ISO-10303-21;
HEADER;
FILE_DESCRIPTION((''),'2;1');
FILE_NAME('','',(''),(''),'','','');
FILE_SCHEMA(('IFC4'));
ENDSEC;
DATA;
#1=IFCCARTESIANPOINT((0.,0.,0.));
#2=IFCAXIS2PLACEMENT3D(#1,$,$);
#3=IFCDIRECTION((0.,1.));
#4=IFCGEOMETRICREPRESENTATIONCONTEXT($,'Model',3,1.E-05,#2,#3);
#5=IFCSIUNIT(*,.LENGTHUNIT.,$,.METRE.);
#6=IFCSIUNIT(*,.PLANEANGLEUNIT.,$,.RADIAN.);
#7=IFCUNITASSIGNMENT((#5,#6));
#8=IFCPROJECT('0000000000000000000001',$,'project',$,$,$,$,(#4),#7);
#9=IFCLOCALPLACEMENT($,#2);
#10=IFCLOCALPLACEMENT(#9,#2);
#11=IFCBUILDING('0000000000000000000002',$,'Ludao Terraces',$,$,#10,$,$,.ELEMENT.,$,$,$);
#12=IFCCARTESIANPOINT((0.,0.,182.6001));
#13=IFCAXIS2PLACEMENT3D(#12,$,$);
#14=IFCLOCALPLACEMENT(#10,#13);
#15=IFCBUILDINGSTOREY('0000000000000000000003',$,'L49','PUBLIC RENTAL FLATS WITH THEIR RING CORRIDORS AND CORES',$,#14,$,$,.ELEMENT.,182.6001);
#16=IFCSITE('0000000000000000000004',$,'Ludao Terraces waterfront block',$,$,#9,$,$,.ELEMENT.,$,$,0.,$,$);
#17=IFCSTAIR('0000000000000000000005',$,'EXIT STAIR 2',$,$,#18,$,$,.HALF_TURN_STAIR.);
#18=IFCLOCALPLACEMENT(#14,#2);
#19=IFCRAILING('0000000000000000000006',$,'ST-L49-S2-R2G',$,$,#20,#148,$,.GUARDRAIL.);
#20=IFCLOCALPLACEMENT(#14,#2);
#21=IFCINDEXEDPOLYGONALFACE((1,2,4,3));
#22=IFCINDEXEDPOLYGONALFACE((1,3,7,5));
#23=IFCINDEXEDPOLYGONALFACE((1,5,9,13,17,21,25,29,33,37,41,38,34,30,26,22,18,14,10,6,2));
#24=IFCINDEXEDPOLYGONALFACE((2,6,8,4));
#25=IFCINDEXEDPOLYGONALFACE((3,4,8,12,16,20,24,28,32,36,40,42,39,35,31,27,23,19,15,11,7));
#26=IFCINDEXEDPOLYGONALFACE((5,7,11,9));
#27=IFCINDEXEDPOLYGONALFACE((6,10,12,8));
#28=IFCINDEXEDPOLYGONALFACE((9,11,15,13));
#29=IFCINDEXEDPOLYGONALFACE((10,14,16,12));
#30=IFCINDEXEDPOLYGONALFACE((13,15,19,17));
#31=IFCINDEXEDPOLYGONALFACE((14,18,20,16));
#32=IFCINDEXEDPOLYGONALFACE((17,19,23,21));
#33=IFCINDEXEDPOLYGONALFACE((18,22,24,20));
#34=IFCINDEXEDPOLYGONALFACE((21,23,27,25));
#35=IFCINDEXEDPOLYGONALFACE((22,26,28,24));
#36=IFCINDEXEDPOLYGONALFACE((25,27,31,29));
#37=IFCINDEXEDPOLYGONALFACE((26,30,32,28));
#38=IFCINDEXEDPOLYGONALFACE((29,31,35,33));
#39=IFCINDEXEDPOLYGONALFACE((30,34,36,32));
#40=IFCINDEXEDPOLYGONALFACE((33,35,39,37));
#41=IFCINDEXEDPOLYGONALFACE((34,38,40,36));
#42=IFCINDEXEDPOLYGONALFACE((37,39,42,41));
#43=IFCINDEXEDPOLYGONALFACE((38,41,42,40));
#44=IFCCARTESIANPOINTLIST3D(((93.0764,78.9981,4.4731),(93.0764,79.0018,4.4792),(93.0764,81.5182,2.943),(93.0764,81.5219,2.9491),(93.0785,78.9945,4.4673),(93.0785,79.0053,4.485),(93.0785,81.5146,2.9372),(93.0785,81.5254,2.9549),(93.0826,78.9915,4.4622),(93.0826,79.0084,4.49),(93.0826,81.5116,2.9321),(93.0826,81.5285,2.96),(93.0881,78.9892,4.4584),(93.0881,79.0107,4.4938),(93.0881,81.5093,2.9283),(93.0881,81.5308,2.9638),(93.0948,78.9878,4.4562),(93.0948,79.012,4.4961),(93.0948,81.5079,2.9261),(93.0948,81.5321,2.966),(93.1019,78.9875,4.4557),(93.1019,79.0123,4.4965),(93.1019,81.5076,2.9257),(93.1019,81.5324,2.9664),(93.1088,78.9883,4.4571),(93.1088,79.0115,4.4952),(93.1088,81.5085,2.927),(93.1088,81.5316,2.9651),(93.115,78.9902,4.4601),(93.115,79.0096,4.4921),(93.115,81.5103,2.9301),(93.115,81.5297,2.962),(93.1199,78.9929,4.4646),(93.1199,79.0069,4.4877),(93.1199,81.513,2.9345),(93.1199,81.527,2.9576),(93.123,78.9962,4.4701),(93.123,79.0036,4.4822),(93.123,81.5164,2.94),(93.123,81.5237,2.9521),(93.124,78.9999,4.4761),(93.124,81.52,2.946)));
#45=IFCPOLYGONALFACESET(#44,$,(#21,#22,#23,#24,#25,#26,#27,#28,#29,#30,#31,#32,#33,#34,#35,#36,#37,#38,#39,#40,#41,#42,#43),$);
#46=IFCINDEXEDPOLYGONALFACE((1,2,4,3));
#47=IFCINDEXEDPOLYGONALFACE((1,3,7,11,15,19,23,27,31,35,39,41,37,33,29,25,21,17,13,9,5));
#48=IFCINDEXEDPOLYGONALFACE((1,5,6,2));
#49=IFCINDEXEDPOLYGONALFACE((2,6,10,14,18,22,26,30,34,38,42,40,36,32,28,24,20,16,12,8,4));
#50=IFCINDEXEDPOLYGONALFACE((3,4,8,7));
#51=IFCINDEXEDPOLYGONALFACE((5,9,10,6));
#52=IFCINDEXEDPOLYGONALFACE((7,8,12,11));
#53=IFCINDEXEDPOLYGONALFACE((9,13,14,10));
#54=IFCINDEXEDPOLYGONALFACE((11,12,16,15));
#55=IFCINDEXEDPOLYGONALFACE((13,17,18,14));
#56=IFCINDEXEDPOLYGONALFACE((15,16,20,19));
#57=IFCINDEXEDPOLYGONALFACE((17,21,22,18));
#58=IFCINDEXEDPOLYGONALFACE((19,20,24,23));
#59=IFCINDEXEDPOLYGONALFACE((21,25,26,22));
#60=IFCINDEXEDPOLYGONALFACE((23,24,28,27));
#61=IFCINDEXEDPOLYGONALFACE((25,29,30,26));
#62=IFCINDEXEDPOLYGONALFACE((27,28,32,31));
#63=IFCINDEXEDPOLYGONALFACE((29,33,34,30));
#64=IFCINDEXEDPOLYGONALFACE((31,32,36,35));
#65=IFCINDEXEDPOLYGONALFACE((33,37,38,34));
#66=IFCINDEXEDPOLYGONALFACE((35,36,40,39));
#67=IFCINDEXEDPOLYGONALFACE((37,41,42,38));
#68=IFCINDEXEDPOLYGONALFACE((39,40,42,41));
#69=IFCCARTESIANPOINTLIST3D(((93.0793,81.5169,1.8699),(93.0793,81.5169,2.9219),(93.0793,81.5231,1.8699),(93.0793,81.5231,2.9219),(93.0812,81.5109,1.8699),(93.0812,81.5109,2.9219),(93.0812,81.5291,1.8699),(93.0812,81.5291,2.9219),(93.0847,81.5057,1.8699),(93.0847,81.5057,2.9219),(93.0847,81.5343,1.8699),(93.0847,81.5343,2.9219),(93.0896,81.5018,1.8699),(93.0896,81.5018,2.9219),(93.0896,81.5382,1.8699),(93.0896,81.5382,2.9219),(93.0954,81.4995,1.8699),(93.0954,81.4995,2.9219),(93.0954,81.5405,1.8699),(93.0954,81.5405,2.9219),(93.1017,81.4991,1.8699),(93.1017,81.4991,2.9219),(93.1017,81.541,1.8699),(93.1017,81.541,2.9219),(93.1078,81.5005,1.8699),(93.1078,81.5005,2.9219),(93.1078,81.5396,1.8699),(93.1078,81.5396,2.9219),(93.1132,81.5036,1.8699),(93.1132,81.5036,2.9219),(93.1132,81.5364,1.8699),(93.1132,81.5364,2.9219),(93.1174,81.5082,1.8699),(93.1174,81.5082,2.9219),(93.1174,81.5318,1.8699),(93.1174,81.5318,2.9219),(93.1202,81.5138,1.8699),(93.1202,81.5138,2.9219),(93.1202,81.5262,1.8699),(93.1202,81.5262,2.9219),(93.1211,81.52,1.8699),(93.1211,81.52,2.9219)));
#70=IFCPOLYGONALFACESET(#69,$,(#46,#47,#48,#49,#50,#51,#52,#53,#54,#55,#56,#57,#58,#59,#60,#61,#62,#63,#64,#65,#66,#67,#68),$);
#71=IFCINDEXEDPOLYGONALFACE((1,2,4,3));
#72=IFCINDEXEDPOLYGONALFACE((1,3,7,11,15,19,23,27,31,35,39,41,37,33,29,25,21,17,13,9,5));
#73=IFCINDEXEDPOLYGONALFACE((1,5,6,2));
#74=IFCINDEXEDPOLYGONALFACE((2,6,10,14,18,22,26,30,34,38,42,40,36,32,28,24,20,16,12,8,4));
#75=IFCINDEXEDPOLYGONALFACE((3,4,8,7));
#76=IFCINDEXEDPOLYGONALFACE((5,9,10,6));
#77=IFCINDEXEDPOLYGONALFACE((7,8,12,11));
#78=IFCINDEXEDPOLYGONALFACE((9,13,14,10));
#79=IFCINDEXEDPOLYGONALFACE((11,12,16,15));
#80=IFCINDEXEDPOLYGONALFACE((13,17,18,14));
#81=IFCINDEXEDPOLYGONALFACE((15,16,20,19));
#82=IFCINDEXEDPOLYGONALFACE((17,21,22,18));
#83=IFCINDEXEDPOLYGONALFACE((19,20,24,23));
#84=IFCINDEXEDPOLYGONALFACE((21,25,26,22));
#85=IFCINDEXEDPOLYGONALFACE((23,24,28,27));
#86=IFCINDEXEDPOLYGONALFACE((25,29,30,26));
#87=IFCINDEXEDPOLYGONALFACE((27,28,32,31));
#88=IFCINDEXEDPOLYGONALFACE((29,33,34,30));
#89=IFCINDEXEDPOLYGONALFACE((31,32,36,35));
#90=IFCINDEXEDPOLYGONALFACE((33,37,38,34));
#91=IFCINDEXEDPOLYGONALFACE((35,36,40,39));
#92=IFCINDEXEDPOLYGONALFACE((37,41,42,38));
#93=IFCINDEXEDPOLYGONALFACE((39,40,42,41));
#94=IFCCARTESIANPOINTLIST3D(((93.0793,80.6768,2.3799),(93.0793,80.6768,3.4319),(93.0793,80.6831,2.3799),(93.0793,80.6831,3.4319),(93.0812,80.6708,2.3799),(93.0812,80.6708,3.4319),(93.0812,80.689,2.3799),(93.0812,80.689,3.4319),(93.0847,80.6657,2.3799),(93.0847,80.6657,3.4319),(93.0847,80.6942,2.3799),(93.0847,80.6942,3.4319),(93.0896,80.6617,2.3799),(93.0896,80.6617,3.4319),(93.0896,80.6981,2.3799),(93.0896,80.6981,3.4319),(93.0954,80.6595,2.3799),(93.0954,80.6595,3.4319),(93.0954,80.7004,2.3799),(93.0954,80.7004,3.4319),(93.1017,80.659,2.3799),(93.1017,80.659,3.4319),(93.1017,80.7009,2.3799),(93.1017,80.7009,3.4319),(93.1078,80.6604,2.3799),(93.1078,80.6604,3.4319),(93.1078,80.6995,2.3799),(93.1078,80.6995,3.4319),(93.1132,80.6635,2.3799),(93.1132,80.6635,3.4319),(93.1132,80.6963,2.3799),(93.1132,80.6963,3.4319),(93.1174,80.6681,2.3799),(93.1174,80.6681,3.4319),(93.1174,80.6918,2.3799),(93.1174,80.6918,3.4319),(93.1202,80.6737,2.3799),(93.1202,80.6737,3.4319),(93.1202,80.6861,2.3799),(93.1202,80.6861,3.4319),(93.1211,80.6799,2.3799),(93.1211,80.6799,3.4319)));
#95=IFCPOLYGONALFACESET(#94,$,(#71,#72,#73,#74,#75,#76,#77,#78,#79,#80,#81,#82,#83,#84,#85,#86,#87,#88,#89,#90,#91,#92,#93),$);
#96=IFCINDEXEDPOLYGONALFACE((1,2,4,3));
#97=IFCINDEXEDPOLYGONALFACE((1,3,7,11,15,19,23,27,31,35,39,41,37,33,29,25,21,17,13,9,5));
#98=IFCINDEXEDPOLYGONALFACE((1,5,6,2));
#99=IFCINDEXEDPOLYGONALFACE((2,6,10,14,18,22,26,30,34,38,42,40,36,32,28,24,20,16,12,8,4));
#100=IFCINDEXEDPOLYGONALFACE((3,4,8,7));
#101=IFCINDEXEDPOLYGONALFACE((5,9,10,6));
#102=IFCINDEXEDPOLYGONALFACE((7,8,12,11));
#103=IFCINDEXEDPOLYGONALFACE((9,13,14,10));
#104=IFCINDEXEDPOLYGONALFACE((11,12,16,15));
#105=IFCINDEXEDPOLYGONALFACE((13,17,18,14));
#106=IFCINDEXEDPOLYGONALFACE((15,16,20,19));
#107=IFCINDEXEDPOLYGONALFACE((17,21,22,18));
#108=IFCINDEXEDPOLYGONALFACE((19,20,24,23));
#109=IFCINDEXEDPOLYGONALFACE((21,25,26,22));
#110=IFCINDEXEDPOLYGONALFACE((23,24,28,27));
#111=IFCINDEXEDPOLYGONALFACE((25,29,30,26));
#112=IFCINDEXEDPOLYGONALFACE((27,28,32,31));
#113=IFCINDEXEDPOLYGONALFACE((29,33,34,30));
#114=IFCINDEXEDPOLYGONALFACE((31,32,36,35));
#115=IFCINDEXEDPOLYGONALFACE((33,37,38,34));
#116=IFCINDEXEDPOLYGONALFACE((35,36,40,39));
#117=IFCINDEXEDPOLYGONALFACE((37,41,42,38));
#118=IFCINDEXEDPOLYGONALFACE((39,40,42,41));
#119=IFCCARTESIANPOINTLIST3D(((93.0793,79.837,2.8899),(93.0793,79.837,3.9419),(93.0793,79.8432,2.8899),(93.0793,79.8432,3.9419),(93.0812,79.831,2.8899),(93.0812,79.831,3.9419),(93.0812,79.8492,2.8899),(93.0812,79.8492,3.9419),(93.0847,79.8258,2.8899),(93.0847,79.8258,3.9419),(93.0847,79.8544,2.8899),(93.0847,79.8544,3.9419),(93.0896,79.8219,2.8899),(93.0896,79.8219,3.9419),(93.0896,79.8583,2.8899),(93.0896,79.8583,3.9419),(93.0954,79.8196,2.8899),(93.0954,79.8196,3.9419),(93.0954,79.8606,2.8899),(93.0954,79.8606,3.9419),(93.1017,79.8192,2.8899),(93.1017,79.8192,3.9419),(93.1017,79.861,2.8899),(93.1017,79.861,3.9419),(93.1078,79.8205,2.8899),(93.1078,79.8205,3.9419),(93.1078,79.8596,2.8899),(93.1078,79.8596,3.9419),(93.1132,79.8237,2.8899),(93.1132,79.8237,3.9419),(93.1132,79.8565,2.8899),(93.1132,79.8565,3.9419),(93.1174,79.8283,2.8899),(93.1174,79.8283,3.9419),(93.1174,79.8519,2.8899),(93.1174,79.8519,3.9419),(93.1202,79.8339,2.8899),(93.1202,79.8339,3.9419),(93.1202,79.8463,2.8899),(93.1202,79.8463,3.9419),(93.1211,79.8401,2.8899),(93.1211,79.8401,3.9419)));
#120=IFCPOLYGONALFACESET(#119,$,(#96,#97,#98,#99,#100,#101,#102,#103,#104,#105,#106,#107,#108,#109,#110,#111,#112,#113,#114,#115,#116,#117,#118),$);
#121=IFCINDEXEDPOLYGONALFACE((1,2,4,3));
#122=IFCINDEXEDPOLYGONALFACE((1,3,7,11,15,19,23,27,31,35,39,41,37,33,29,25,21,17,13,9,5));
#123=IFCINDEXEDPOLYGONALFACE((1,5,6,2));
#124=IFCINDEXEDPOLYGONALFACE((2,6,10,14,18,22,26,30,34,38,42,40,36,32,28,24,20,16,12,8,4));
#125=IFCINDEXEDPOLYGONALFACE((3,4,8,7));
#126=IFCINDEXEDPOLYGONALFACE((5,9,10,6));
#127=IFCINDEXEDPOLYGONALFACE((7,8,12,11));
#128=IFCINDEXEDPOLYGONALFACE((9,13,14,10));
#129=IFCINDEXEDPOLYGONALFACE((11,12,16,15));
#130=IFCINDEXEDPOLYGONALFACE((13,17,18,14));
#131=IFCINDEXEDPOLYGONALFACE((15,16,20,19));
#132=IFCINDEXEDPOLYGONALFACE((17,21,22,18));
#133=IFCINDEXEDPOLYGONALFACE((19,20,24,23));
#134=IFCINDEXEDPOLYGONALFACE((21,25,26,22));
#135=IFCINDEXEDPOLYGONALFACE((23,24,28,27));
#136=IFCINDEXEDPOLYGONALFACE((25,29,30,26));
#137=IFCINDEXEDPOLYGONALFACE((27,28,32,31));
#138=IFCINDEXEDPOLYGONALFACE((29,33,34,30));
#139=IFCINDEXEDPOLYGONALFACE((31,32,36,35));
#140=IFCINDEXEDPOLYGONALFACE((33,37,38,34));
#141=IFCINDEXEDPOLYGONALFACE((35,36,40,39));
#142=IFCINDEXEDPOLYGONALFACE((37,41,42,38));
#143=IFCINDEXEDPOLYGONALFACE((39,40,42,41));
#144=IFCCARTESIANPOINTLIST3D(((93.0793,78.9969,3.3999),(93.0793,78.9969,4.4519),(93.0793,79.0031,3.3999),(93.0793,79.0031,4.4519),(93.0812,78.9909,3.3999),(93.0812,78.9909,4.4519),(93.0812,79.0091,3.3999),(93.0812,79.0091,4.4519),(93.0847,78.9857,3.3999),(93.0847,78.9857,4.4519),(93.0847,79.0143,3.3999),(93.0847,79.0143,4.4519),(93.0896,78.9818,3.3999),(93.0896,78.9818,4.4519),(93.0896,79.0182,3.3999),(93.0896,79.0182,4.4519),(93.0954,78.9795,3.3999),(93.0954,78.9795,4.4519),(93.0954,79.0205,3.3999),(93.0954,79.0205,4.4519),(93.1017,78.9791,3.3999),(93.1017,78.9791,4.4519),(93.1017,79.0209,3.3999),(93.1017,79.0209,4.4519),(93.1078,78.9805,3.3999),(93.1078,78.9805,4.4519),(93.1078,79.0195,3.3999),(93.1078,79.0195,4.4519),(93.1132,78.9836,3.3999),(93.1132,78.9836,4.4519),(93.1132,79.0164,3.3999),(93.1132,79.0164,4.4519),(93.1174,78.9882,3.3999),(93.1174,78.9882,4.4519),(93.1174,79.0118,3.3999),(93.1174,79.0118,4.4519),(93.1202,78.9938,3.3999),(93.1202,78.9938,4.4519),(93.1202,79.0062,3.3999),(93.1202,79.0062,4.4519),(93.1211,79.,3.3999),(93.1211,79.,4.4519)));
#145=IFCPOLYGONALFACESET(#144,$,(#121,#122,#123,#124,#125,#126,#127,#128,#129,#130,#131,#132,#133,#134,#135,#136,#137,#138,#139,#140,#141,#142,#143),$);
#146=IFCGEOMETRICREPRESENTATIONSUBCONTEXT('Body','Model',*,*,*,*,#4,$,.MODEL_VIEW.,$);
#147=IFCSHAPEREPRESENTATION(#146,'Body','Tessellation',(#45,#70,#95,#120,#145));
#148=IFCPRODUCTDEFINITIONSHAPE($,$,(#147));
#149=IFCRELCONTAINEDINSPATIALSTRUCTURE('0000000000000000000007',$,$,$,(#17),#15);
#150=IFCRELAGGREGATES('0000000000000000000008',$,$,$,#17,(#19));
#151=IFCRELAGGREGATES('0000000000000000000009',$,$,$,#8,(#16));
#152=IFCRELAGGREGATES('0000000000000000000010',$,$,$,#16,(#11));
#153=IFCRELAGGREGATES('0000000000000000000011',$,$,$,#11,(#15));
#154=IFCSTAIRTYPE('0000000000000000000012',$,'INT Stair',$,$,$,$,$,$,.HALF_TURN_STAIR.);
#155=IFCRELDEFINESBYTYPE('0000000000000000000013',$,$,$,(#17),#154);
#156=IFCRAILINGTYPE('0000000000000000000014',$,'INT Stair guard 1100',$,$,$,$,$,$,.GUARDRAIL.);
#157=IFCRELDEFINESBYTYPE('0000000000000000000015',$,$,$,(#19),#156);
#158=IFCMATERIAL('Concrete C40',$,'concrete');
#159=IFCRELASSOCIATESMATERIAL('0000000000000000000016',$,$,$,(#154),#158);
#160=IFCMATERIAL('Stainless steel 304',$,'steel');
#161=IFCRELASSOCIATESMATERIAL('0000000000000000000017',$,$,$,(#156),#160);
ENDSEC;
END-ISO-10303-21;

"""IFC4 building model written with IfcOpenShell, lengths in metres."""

from ifc_helpers import new_model, si_unit, direction, frame, origin, origin_2d, place, context, subcontext, project, spatial, circle, extrude, material, type_object, element, aggregate, save


model = new_model("IFC4")

# Units and contexts
model_context = context("Model", 3, precision=1e-05, world=origin(), true_north=direction((0.0, 1.0)))
body_context = subcontext(model_context, "Body", "Model", "MODEL_VIEW")
ifc_project = project(units=[si_unit("LENGTHUNIT", "METRE"), si_unit("PLANEANGLEUNIT", "RADIAN")], contexts=[model_context])

# Site, building, storey
site_placement = place(None, origin())
site = spatial("IfcSite", under=ifc_project, at=site_placement, Name="Ludao Terraces waterfront block", CompositionType="ELEMENT", RefElevation=0.0)
building_placement = place(site_placement, origin())
building = spatial("IfcBuilding", under=site, at=building_placement, Name="Ludao Terraces", CompositionType="ELEMENT")
storey_placement = place(building_placement, frame((0.0, 0.0, 182.6001)))
storey = spatial("IfcBuildingStorey", under=building, at=storey_placement, Name="L49", Description="PUBLIC RENTAL FLATS WITH THEIR RING CORRIDORS AND CORES", CompositionType="ELEMENT", Elevation=182.6001)

# Shared definitions
ifc_material_1 = material(Name="Stainless steel 304", Category="steel")

# Stair, railing
ifc_material_2 = material(Name="Concrete C40", Category="concrete")
stair_type = type_object("IfcStairType", Name="INT Stair", PredefinedType="HALF_TURN_STAIR", material=ifc_material_2)
stair_placement = place(storey_placement, origin())
stair = element("IfcStair", 1, at=stair_placement, inside=storey, type_object=stair_type, Name="EXIT STAIR 2", PredefinedType="HALF_TURN_STAIR")
railing_type_1 = type_object("IfcRailingType", Name="INT Stair guard 1100", PredefinedType="GUARDRAIL", material=ifc_material_1)
railing_1_placement = place(storey_placement, frame((93.1001, 81.52, 1.8699)))
railing_1 = element("IfcRailing", 2, at=railing_1_placement, type_object=railing_type_1, Name="ST-L49-S2-R2G", PredefinedType="GUARDRAIL", context=body_context, shape_type="SweptSolid", body=[
    extrude(circle(Radius=0.0239, at=origin_2d()), frame((0.0, 0.0, 1.0762), z_axis=(0.0, -0.854785, 0.518982), x_axis=(1.0, 0.0, 0.0)), (0.0, 0.0, 1.0), 2.9482),
    extrude(circle(Radius=0.021, at=origin_2d()), origin(), (0.0, 0.0, 1.0), 1.052),
    extrude(circle(Radius=0.021, at=origin_2d()), frame((0.0, -0.8401, 0.51)), (0.0, 0.0, 1.0), 1.052),
    extrude(circle(Radius=0.021, at=origin_2d()), frame((0.0, -1.6799, 1.02)), (0.0, 0.0, 1.0), 1.052),
    extrude(circle(Radius=0.021, at=origin_2d()), frame((0.0, -2.52, 1.53)), (0.0, 0.0, 1.0), 1.052),
])
aggregate(stair, [railing_1])

save(model, "model.ifc")
